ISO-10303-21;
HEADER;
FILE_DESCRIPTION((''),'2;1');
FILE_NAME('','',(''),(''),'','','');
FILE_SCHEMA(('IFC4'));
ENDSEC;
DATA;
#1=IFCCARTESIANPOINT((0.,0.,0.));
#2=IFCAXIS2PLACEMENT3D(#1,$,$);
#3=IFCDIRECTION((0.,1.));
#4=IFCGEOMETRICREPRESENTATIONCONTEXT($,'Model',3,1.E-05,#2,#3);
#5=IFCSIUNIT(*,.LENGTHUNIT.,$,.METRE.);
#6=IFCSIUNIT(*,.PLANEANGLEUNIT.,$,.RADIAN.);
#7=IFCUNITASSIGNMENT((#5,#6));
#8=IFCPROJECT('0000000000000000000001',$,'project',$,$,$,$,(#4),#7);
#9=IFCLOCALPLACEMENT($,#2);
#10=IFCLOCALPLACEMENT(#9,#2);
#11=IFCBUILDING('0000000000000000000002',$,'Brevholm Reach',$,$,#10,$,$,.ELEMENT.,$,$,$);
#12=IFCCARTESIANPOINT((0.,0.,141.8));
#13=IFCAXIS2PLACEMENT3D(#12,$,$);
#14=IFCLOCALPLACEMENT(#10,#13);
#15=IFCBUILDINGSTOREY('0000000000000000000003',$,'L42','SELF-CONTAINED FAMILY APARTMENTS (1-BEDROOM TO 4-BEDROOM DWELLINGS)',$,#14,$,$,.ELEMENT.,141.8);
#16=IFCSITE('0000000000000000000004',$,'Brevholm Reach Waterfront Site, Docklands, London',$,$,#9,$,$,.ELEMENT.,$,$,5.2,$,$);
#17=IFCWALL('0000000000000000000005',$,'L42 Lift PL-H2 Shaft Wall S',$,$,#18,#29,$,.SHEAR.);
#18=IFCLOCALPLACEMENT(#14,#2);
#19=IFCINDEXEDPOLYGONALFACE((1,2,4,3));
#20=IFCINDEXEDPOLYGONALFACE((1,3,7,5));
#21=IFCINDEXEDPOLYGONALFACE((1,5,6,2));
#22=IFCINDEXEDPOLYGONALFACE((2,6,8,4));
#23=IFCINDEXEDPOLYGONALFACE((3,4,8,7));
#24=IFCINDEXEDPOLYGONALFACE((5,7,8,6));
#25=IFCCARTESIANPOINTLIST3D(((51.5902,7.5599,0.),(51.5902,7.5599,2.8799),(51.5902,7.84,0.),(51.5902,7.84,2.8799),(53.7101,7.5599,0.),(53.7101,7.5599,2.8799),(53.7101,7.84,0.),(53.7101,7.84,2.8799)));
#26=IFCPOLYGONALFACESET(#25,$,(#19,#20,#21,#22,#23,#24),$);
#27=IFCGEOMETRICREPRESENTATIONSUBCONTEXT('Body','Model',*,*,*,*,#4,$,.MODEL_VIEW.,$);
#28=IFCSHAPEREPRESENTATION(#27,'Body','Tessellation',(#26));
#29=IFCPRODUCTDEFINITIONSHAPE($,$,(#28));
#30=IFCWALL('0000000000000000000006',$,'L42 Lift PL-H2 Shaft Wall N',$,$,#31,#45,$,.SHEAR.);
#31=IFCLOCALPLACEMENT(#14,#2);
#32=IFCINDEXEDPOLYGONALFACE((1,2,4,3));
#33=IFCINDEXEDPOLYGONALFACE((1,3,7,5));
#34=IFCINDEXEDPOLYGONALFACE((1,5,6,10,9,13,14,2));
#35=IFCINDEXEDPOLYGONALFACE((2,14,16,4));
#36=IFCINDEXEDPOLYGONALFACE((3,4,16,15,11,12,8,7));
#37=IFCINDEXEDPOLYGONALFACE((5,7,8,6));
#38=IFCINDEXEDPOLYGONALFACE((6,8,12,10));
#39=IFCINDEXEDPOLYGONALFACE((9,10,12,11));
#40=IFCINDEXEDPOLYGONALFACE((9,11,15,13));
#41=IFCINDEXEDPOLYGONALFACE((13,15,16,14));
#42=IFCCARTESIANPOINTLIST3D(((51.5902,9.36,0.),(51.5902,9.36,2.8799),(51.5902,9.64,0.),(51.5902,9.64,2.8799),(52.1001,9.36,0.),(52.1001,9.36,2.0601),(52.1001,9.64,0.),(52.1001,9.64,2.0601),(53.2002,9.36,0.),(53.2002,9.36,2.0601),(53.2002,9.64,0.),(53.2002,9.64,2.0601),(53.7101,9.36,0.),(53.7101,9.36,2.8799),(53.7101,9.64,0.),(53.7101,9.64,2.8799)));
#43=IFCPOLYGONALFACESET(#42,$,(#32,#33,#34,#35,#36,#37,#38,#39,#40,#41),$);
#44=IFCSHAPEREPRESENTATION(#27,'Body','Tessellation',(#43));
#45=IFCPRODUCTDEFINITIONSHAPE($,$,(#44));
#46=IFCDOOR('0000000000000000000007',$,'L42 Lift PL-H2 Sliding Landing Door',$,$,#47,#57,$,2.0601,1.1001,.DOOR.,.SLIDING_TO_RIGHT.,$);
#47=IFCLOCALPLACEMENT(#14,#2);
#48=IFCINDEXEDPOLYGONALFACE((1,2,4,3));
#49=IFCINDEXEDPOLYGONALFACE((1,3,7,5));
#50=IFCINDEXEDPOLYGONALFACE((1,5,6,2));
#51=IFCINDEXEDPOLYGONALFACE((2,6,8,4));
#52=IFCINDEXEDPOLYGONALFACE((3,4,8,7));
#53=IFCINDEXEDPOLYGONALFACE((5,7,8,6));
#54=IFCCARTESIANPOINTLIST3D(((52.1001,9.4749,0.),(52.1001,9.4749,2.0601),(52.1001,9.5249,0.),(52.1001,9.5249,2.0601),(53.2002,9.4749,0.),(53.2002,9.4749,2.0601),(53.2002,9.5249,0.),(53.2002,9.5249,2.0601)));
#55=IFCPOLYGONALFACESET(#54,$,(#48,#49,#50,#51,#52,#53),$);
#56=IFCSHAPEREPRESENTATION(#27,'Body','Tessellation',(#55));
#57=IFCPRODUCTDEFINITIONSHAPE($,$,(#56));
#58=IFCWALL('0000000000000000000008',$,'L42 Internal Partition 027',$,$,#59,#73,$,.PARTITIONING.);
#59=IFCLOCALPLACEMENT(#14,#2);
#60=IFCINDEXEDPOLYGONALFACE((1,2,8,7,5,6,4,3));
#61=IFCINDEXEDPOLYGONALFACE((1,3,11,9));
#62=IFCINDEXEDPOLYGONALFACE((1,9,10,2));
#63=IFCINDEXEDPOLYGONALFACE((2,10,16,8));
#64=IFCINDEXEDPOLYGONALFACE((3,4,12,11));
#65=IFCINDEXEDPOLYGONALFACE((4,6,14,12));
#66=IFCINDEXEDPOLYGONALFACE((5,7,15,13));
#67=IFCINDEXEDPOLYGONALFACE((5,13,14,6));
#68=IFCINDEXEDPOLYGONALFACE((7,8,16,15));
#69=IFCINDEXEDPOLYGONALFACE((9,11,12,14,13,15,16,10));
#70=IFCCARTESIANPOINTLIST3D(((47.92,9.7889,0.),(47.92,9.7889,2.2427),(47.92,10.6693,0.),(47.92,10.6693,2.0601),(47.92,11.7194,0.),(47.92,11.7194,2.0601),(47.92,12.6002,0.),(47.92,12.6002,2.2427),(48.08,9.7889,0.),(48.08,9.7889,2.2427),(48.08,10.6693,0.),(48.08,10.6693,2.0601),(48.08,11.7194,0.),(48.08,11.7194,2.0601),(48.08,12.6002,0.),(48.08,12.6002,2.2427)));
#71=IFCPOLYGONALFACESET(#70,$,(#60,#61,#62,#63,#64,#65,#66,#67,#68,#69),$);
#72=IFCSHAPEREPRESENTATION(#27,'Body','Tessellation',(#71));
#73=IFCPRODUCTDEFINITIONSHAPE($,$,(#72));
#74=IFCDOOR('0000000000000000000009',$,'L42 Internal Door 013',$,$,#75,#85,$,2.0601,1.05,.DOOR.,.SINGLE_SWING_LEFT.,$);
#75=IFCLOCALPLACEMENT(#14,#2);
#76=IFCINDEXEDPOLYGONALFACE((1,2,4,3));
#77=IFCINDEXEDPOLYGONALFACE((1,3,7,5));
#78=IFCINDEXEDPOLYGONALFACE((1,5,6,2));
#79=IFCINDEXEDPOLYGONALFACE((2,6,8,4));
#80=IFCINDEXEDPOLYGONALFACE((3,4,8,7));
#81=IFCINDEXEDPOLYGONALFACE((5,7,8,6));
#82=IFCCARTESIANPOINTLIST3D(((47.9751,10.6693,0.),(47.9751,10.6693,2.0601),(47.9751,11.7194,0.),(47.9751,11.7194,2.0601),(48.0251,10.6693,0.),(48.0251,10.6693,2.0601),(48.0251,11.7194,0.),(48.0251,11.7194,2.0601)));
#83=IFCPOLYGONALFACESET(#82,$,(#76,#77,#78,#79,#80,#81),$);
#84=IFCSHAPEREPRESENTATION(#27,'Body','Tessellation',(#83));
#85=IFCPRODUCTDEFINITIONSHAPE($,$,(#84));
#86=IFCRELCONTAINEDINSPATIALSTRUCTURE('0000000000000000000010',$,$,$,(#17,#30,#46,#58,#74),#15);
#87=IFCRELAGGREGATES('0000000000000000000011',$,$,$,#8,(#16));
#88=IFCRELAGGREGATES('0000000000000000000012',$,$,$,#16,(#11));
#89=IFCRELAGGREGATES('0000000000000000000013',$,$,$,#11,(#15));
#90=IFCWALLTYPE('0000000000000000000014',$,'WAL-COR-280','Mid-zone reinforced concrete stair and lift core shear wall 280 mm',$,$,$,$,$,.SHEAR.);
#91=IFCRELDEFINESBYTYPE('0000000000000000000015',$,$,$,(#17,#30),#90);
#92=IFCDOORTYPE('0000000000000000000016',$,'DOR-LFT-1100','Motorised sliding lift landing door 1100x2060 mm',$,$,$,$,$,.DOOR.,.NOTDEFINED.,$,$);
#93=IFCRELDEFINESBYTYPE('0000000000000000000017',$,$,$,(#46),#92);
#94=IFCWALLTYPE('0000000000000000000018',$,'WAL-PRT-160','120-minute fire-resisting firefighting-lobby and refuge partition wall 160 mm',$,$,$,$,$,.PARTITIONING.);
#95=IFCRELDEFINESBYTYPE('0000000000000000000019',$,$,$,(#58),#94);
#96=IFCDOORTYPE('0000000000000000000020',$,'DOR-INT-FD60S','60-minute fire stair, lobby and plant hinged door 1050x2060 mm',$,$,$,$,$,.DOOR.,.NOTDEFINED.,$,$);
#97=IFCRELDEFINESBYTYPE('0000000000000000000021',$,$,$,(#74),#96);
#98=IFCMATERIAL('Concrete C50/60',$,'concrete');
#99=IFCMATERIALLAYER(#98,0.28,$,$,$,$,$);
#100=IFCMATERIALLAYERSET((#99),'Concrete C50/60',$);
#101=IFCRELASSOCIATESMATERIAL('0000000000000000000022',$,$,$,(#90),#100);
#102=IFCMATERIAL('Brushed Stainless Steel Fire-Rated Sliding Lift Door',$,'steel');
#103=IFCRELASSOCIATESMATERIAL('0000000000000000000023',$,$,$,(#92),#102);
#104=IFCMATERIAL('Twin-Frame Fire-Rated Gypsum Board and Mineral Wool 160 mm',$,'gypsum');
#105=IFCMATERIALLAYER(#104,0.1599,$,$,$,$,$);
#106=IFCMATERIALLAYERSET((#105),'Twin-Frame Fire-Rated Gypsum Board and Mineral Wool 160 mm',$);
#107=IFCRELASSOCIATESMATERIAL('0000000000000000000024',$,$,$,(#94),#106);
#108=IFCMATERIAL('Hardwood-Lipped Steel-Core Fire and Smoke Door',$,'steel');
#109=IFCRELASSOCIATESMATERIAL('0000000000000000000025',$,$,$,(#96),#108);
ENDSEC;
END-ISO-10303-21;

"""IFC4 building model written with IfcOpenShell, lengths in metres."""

from ifc_helpers import new_model, si_unit, direction, frame, frame_2d, origin, place, context, subcontext, project, spatial, rectangle, extrude, material, layer, layer_set, type_object, element, fill, save


model = new_model("IFC4")

# Units and contexts
model_context = context("Model", 3, precision=1e-05, world=origin(), true_north=direction((0.0, 1.0)))
body_context = subcontext(model_context, "Body", "Model", "MODEL_VIEW")
ifc_project = project(units=[si_unit("LENGTHUNIT", "METRE"), si_unit("PLANEANGLEUNIT", "RADIAN")], contexts=[model_context])

# Site, building, storey
site_placement = place(None, origin())
site = spatial("IfcSite", under=ifc_project, at=site_placement, Name="Brevholm Reach Waterfront Site, Docklands, London", CompositionType="ELEMENT", RefElevation=5.2)
building_placement = place(site_placement, origin())
building = spatial("IfcBuilding", under=site, at=building_placement, Name="Brevholm Reach", CompositionType="ELEMENT")
storey_placement = place(building_placement, frame((0.0, 0.0, 141.8)))
storey = spatial("IfcBuildingStorey", under=building, at=storey_placement, Name="L42", Description="SELF-CONTAINED FAMILY APARTMENTS (1-BEDROOM TO 4-BEDROOM DWELLINGS)", CompositionType="ELEMENT", Elevation=141.8)

# Shared definitions
ifc_material_1 = material(Name="Concrete C50/60", Category="concrete")
ifc_layer_1 = layer(ifc_material_1, 0.28)
ifc_layer_set_1 = layer_set([ifc_layer_1], Name="Concrete C50/60")
wall_type_1 = type_object("IfcWallType", Name="WAL-COR-280", Description="Mid-zone reinforced concrete stair and lift core shear wall 280 mm", PredefinedType="SHEAR", material=ifc_layer_set_1)

# Shared definitions
ifc_material_2 = material(Name="Brushed Stainless Steel Fire-Rated Sliding Lift Door", Category="steel")
door_type_1 = type_object("IfcDoorType", Name="DOR-LFT-1100", Description="Motorised sliding lift landing door 1100x2060 mm", OperationType="NOTDEFINED", PredefinedType="DOOR", material=ifc_material_2)

# Wall
wall_1_placement = place(storey_placement, frame((51.5901, 7.7, 0.0), z_axis=(0.0, 0.0, 1.0), x_axis=(1.0, 0.0, 0.0)))
element("IfcWall", 1, at=wall_1_placement, inside=storey, type_object=wall_type_1, Name="L42 Lift PL-H2 Shaft Wall S", PredefinedType="SHEAR", context=body_context, shape_type="SweptSolid", body=[
    extrude(rectangle(XDim=2.1199, YDim=0.28, at=frame_2d((1.0601, 0.0))), origin(), (0.0, 0.0, 1.0), 2.8799),
])

# Walls, openings, doors
wall_2_placement = place(storey_placement, frame((51.5901, 9.5, 0.0), z_axis=(0.0, 0.0, 1.0), x_axis=(1.0, 0.0, 0.0)))
wall_2 = element("IfcWall", 2, at=wall_2_placement, inside=storey, type_object=wall_type_1, Name="L42 Lift PL-H2 Shaft Wall N", PredefinedType="SHEAR", context=body_context, shape_type="SweptSolid", body=[
    extrude(rectangle(XDim=2.1199, YDim=0.28, at=frame_2d((1.0601, 0.0))), origin(), (0.0, 0.0, 1.0), 2.8799),
])
opening_1_placement = place(wall_2_placement, frame((0.51, 0.0, 0.0)))
opening_1 = element("IfcOpeningElement", 3, at=opening_1_placement, cuts=wall_2, PredefinedType="OPENING", context=body_context, shape_type="SweptSolid", body=[
    extrude(rectangle(XDim=1.1001, YDim=2.0601, at=frame_2d((0.55, 1.03))), frame((0.0, 0.1499, 0.0), z_axis=(0.0, -1.0, 0.0), x_axis=(1.0, 0.0, 0.0)), (0.0, 0.0, 1.0), 0.3),
])
door_1_placement = place(opening_1_placement, origin())
door_1 = element("IfcDoor", 4, at=door_1_placement, inside=storey, type_object=door_type_1, Name="L42 Lift PL-H2 Sliding Landing Door", OperationType="SLIDING_TO_RIGHT", OverallHeight=2.0601, OverallWidth=1.1001, PredefinedType="DOOR", context=body_context, shape_type="SweptSolid", body=[
    extrude(rectangle(XDim=1.1001, YDim=2.0601, at=frame_2d((0.55, 1.03))), frame((0.0, 0.0249, 0.0), z_axis=(0.0, -1.0, 0.0), x_axis=(1.0, 0.0, 0.0)), (0.0, 0.0, 1.0), 0.05),
])
fill(opening_1, door_1)
ifc_material_3 = material(Name="Twin-Frame Fire-Rated Gypsum Board and Mineral Wool 160 mm", Category="gypsum")
ifc_layer_2 = layer(ifc_material_3, 0.1599)
ifc_layer_set_2 = layer_set([ifc_layer_2], Name="Twin-Frame Fire-Rated Gypsum Board and Mineral Wool 160 mm")
wall_type_2 = type_object("IfcWallType", Name="WAL-PRT-160", Description="120-minute fire-resisting firefighting-lobby and refuge partition wall 160 mm", PredefinedType="PARTITIONING", material=ifc_layer_set_2)
wall_3_placement = place(storey_placement, frame((48.0, 9.7888, 0.0), z_axis=(0.0, 0.0, 1.0), x_axis=(0.0, 1.0, 0.0)))
wall_3 = element("IfcWall", 5, at=wall_3_placement, inside=storey, type_object=wall_type_2, Name="L42 Internal Partition 027", PredefinedType="PARTITIONING", context=body_context, shape_type="SweptSolid", body=[
    extrude(rectangle(XDim=2.8113, YDim=0.1599, at=frame_2d((1.4058, 0.0))), origin(), (0.0, 0.0, 1.0), 2.2427),
])
opening_2_placement = place(wall_3_placement, frame((0.8806, 0.0, 0.0)))
opening_2 = element("IfcOpeningElement", 6, at=opening_2_placement, cuts=wall_3, PredefinedType="OPENING", context=body_context, shape_type="SweptSolid", body=[
    extrude(rectangle(XDim=1.05, YDim=2.0601, at=frame_2d((0.5249, 1.03))), frame((0.0, 0.0898, 0.0), z_axis=(0.0, -1.0, 0.0), x_axis=(1.0, 0.0, 0.0)), (0.0, 0.0, 1.0), 0.1799),
])
ifc_material_4 = material(Name="Hardwood-Lipped Steel-Core Fire and Smoke Door", Category="steel")
door_type_2 = type_object("IfcDoorType", Name="DOR-INT-FD60S", Description="60-minute fire stair, lobby and plant hinged door 1050x2060 mm", OperationType="NOTDEFINED", PredefinedType="DOOR", material=ifc_material_4)
door_2_placement = place(opening_2_placement, origin())
door_2 = element("IfcDoor", 7, at=door_2_placement, inside=storey, type_object=door_type_2, Name="L42 Internal Door 013", OperationType="SINGLE_SWING_LEFT", OverallHeight=2.0601, OverallWidth=1.05, PredefinedType="DOOR", context=body_context, shape_type="SweptSolid", body=[
    extrude(rectangle(XDim=1.05, YDim=2.0601, at=frame_2d((0.5249, 1.03))), frame((0.0, 0.0249, 0.0), z_axis=(0.0, -1.0, 0.0), x_axis=(1.0, 0.0, 0.0)), (0.0, 0.0, 1.0), 0.05),
])
fill(opening_2, door_2)

save(model, "model.ifc")
